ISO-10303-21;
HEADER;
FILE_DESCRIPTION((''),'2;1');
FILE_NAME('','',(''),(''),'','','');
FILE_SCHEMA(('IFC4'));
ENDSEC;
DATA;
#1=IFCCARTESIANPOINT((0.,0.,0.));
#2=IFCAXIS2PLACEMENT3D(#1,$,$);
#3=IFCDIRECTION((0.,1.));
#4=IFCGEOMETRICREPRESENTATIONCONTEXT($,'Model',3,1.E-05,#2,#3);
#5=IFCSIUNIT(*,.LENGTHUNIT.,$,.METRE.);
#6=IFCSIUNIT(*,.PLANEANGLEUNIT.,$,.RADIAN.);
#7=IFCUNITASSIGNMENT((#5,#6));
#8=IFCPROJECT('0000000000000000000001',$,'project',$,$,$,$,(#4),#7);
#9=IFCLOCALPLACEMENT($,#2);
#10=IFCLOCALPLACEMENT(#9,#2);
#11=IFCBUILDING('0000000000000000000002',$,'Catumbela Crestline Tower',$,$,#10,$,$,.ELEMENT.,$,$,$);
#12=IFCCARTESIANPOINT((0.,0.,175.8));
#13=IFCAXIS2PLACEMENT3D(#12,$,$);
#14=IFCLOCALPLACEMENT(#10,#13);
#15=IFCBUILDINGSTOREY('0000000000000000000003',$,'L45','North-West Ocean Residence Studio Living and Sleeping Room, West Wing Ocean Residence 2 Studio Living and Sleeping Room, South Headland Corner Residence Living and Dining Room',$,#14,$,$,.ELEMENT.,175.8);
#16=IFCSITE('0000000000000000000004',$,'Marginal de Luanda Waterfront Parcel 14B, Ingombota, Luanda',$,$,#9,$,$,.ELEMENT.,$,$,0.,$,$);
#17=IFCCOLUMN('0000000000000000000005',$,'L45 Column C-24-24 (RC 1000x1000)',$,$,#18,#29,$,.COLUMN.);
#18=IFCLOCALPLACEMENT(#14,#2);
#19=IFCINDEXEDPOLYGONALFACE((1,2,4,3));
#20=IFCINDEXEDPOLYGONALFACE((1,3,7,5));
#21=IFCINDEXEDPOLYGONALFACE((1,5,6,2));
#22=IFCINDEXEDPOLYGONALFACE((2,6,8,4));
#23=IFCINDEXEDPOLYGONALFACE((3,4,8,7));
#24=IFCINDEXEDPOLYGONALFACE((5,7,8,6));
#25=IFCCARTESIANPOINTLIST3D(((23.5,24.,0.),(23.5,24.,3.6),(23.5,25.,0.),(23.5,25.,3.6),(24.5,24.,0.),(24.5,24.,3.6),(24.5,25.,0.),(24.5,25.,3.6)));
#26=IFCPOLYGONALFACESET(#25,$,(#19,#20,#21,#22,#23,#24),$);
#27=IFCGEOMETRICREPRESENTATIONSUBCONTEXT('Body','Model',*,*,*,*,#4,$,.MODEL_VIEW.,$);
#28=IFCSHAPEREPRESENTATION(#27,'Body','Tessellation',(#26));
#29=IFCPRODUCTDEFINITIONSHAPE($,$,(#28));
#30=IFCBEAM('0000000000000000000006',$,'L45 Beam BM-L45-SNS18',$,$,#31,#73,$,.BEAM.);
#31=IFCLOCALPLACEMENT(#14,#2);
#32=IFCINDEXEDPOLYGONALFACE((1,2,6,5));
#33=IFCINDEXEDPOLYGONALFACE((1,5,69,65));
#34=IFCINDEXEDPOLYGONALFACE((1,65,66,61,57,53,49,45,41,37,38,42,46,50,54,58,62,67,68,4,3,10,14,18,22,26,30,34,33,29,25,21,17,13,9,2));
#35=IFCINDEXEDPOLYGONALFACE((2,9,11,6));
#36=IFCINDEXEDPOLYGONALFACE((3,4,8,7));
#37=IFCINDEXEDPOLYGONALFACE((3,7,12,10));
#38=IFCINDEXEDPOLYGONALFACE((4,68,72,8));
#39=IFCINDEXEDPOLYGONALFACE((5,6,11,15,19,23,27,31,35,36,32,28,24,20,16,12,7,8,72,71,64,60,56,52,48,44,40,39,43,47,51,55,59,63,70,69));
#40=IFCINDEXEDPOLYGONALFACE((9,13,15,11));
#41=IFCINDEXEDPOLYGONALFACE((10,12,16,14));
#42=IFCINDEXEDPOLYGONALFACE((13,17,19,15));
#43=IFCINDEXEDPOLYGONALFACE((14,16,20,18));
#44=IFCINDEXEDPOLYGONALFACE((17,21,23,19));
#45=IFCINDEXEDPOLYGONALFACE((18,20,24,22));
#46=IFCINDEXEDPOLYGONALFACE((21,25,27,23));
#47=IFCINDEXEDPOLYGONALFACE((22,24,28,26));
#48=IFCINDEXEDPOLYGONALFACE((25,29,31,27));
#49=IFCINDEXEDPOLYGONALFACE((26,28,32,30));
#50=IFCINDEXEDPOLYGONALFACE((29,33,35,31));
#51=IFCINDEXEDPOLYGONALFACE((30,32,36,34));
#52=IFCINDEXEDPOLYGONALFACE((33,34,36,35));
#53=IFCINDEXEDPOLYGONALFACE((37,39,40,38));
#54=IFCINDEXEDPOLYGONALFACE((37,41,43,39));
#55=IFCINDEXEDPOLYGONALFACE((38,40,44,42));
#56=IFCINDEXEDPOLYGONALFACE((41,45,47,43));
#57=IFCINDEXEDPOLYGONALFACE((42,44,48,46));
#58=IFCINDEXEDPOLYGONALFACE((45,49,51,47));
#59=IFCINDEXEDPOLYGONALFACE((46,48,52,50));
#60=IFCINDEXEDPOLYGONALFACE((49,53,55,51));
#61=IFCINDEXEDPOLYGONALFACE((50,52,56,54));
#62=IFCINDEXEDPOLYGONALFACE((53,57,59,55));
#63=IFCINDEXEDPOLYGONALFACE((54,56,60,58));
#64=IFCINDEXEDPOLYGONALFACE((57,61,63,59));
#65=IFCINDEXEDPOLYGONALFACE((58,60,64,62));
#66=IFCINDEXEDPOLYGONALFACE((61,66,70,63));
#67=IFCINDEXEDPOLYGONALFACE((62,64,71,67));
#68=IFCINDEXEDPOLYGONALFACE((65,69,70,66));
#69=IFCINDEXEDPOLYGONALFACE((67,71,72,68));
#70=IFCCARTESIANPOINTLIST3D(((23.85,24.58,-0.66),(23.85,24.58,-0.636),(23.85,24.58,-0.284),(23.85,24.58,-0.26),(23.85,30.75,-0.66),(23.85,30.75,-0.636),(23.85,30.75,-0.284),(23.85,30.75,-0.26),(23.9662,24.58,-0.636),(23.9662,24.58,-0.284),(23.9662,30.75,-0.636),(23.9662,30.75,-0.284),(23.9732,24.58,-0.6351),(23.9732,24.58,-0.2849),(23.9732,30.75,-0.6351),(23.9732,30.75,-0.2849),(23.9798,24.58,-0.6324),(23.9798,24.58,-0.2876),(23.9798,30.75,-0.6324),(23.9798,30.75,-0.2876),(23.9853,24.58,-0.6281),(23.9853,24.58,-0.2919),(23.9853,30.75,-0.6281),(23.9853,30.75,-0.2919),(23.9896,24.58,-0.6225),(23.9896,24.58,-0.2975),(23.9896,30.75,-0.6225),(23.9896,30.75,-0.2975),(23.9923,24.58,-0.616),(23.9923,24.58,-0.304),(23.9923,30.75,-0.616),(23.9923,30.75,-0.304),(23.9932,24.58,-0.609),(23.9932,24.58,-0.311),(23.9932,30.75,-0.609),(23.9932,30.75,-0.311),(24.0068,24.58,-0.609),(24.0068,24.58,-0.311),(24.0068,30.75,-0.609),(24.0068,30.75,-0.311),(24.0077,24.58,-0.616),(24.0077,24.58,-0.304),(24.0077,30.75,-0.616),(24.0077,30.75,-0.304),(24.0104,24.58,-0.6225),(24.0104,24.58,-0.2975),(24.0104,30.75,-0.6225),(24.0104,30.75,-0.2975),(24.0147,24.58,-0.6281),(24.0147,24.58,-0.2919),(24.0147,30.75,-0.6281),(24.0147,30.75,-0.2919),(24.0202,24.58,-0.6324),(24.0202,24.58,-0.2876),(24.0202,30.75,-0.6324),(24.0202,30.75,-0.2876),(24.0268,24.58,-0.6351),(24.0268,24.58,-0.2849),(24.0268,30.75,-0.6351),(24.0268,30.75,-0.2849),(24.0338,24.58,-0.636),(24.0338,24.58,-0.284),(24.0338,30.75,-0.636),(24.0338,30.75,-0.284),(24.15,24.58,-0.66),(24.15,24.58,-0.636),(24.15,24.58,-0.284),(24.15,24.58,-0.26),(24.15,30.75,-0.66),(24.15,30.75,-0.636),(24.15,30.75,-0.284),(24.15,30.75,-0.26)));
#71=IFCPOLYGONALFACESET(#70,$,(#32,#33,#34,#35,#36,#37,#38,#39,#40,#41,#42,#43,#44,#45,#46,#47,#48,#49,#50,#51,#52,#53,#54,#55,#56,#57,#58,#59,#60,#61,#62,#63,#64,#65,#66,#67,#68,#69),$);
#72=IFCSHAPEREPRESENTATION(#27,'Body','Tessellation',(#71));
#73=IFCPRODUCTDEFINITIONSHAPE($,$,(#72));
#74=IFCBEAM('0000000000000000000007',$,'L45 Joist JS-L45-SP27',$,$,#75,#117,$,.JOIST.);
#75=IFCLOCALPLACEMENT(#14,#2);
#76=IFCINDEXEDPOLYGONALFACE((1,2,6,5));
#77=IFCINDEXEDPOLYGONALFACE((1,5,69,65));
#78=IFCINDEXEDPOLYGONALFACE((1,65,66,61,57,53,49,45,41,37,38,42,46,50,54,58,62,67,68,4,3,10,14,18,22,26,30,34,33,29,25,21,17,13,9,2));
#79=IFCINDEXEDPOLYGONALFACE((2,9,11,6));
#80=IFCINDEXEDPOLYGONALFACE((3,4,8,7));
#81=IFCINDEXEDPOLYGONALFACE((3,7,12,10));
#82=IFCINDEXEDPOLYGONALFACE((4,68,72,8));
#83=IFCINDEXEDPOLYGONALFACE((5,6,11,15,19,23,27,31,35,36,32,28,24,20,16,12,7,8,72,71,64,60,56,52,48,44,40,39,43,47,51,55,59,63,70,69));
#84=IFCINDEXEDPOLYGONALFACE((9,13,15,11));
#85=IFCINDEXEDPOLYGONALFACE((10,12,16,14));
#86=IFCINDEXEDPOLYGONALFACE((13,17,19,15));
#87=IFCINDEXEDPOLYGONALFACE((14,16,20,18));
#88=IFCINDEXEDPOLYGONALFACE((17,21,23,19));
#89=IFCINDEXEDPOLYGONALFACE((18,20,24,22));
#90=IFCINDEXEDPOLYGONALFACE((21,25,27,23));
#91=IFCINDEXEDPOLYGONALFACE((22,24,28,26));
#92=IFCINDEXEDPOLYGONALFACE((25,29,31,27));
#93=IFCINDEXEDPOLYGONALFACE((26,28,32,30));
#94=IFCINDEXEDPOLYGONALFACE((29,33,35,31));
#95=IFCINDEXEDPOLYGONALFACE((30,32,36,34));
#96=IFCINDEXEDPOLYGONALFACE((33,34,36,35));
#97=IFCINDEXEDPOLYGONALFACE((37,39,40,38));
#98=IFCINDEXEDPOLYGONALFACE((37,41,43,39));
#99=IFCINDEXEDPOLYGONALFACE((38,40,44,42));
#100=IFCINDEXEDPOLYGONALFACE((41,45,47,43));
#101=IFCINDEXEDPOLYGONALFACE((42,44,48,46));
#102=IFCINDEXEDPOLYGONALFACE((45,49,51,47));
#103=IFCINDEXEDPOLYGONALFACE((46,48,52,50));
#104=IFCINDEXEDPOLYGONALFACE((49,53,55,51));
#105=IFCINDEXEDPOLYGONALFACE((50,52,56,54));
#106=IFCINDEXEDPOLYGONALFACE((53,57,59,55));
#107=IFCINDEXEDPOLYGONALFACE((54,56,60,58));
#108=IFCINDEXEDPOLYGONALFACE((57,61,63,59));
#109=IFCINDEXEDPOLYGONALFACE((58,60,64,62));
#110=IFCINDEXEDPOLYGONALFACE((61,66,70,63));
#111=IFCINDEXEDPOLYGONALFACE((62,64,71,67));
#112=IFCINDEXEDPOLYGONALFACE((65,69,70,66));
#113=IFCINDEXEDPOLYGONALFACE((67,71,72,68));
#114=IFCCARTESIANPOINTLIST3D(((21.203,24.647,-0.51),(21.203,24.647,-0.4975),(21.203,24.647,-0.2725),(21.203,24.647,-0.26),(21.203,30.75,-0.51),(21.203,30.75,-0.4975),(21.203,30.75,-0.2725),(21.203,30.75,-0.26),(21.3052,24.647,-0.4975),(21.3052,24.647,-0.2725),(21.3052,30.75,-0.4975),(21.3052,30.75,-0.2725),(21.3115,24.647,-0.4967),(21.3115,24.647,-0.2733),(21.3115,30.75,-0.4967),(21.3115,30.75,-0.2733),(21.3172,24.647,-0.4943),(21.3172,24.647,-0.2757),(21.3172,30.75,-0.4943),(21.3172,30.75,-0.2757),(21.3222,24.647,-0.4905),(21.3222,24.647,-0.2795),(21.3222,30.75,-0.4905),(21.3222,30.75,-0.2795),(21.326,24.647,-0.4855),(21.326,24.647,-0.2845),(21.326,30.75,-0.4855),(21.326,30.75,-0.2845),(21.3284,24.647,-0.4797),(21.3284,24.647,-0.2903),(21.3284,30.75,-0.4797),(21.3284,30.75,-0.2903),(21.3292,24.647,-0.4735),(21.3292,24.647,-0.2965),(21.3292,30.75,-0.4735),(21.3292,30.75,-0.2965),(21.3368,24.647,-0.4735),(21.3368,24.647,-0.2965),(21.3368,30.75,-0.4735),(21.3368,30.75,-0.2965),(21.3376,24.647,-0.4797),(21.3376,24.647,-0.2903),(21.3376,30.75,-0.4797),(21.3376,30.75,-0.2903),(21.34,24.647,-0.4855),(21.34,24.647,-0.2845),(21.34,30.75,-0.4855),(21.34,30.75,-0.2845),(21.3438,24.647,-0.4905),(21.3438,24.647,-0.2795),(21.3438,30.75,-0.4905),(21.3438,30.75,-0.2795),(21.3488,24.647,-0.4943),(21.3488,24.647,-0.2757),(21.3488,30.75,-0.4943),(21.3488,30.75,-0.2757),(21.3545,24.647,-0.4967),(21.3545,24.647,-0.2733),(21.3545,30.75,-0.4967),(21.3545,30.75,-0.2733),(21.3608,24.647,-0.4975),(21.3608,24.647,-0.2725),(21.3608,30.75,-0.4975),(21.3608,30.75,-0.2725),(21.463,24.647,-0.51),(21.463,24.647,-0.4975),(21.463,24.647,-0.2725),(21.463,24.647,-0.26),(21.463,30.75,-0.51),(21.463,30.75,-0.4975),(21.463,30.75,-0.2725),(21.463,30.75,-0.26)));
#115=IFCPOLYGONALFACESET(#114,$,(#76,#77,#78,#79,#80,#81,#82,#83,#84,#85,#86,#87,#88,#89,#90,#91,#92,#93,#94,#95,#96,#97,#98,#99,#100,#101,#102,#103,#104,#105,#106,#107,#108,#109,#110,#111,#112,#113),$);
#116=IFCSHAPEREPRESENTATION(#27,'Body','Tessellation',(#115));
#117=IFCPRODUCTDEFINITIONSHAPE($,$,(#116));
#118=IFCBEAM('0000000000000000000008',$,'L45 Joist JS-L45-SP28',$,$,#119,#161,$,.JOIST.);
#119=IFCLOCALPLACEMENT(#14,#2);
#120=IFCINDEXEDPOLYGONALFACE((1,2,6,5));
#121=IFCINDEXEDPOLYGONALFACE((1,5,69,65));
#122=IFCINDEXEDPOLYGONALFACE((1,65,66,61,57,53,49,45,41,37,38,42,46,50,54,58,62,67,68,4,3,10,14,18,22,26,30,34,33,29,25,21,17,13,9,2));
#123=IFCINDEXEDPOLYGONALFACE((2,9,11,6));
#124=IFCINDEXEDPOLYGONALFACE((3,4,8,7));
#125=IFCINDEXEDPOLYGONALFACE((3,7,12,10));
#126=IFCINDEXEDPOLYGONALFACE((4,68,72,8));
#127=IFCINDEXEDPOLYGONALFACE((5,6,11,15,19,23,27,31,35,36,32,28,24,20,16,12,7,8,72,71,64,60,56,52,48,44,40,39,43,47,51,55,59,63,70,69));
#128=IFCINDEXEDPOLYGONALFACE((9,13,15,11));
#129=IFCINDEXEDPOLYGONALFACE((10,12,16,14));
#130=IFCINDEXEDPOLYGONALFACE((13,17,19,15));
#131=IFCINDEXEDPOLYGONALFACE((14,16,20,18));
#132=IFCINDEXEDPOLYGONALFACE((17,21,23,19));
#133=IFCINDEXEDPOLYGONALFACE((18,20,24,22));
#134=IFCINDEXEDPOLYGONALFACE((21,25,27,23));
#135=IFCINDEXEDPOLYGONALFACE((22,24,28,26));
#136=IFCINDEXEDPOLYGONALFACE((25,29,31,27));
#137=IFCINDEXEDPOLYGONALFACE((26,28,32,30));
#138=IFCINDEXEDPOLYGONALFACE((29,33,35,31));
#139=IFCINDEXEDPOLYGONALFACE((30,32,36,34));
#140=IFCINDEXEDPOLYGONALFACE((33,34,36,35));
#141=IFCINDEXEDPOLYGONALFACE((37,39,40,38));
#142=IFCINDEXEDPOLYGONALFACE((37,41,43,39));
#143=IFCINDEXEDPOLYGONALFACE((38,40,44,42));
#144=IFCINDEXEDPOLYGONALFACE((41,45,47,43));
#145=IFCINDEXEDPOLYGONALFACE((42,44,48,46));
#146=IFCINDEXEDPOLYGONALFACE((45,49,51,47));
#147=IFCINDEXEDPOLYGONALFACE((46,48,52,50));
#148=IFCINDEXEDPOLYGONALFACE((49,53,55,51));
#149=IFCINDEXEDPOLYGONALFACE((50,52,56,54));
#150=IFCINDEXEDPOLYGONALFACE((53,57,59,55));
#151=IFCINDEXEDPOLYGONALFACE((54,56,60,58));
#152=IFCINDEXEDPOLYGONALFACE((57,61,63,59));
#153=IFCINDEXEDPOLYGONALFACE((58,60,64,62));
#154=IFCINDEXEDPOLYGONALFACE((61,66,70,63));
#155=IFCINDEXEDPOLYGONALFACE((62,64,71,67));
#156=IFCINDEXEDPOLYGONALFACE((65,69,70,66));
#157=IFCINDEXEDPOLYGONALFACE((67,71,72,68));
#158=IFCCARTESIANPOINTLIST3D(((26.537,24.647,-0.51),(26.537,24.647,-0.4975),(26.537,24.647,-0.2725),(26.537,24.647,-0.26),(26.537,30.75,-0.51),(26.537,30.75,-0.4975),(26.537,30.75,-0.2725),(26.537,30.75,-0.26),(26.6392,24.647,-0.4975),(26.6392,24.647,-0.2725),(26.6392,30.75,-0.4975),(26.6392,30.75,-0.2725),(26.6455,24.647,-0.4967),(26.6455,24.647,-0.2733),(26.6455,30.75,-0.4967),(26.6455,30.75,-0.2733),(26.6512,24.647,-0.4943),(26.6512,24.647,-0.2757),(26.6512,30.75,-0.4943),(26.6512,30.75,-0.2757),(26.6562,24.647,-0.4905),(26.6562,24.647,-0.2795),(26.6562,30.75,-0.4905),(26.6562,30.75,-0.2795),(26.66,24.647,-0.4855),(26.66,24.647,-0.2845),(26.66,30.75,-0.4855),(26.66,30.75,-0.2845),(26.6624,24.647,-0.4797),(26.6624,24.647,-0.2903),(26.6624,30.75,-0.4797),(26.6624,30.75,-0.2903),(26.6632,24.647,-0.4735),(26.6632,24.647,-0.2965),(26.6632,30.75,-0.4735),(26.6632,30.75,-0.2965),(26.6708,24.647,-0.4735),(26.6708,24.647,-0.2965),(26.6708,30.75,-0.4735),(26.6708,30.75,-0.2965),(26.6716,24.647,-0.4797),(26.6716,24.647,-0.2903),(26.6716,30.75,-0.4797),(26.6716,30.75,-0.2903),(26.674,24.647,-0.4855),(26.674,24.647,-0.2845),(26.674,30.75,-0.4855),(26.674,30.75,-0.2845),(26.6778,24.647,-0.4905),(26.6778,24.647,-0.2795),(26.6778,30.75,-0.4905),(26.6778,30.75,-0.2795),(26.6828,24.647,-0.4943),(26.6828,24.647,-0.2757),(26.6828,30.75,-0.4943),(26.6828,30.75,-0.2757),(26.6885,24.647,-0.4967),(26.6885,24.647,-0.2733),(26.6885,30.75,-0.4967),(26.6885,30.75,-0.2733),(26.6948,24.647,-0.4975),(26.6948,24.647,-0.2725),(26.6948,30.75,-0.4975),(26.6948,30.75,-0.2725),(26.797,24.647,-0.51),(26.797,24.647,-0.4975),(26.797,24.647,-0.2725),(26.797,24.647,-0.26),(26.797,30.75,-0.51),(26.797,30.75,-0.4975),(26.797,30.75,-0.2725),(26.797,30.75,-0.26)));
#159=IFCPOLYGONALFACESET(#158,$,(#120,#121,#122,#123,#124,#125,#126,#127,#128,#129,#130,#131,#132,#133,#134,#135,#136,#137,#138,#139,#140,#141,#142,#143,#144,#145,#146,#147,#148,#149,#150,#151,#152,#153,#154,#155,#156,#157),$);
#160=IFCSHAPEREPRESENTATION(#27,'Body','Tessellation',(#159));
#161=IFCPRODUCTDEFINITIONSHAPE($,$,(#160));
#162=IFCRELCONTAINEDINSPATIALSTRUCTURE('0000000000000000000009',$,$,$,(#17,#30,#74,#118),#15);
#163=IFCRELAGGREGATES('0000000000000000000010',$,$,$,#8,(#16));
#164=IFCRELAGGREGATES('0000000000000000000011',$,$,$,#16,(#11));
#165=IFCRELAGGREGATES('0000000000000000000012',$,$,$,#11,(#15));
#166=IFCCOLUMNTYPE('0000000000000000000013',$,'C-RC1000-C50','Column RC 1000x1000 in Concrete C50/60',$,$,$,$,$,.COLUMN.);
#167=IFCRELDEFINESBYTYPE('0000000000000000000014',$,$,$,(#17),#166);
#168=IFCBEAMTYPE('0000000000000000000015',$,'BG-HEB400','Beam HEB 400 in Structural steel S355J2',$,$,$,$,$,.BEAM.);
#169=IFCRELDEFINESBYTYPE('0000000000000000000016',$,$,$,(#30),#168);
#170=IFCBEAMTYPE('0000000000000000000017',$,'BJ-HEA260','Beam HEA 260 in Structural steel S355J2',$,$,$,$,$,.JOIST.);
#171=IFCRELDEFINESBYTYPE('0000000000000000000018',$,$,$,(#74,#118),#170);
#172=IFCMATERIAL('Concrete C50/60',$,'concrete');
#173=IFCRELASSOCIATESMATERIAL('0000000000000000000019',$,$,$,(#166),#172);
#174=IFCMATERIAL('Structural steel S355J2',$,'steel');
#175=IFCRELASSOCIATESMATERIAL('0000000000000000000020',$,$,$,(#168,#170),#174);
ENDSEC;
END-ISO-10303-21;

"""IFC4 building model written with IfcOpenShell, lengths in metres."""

from ifc_helpers import new_model, si_unit, direction, frame, origin, origin_2d, place, context, subcontext, project, spatial, rectangle, i_section, extrude, material, material_profile, profile_set, type_object, element, save


model = new_model("IFC4")

# Units and contexts
model_context = context("Model", 3, precision=1e-05, world=origin(), true_north=direction((0.0, 1.0)))
body_context = subcontext(model_context, "Body", "Model", "MODEL_VIEW")
ifc_project = project(units=[si_unit("LENGTHUNIT", "METRE"), si_unit("PLANEANGLEUNIT", "RADIAN")], contexts=[model_context])

# Site, building, storey
site_placement = place(None, origin())
site = spatial("IfcSite", under=ifc_project, at=site_placement, Name="Marginal de Luanda Waterfront Parcel 14B, Ingombota, Luanda", CompositionType="ELEMENT", RefElevation=0.0)
building_placement = place(site_placement, origin())
building = spatial("IfcBuilding", under=site, at=building_placement, Name="Catumbela Crestline Tower", CompositionType="ELEMENT")
storey_placement = place(building_placement, frame((0.0, 0.0, 175.8)))
storey = spatial("IfcBuildingStorey", under=building, at=storey_placement, Name="L45", Description="North-West Ocean Residence Studio Living and Sleeping Room, West Wing Ocean Residence 2 Studio Living and Sleeping Room, South Headland Corner Residence Living and Dining Room", CompositionType="ELEMENT", Elevation=175.8)

# Column
ifc_material_1 = material(Name="Concrete C50/60", Category="concrete")
ifc_material_profile_1 = material_profile(ifc_material_1, rectangle(XDim=1.0, YDim=1.0, at=origin_2d()), Name="RC 1000x1000")
ifc_profile_set_1 = profile_set([ifc_material_profile_1], Name="Concrete C50/60")
column_type = type_object("IfcColumnType", Name="C-RC1000-C50", Description="Column RC 1000x1000 in Concrete C50/60", PredefinedType="COLUMN", material=ifc_profile_set_1)
column_placement = place(storey_placement, frame((24.0, 24.5, 0.0), z_axis=(0.0, 0.0, 1.0), x_axis=(1.0, 0.0, 0.0)))
element("IfcColumn", 1, at=column_placement, inside=storey, type_object=column_type, Name="L45 Column C-24-24 (RC 1000x1000)", PredefinedType="COLUMN", context=body_context, shape_type="SweptSolid", body=[
    extrude(rectangle(XDim=1.0, YDim=1.0, at=origin_2d()), origin(), (0.0, 0.0, 1.0), 3.6),
])

# Beams
ifc_material_2 = material(Name="Structural steel S355J2", Category="steel")
ifc_material_profile_2 = material_profile(ifc_material_2, i_section(OverallWidth=0.3, OverallDepth=0.4, WebThickness=0.0135, FlangeThickness=0.024, FilletRadius=0.027, at=origin_2d()), Name="HEB 400")
ifc_profile_set_2 = profile_set([ifc_material_profile_2], Name="Structural steel S355J2")
beam_type_1 = type_object("IfcBeamType", Name="BG-HEB400", Description="Beam HEB 400 in Structural steel S355J2", PredefinedType="BEAM", material=ifc_profile_set_2)
beam_1_placement = place(storey_placement, frame((24.0, 24.58, -0.46), z_axis=(0.0, 1.0, 0.0), x_axis=(-1.0, 0.0, 0.0)))
element("IfcBeam", 2, at=beam_1_placement, inside=storey, type_object=beam_type_1, Name="L45 Beam BM-L45-SNS18", PredefinedType="BEAM", context=body_context, shape_type="SweptSolid", body=[
    extrude(i_section(OverallWidth=0.3, OverallDepth=0.4, WebThickness=0.0135, FlangeThickness=0.024, FilletRadius=0.027, at=origin_2d()), origin(), (0.0, 0.0, 1.0), 6.17),
])
ifc_material_profile_3 = material_profile(ifc_material_2, i_section(OverallWidth=0.26, OverallDepth=0.25, WebThickness=0.0075, FlangeThickness=0.0125, FilletRadius=0.024, at=origin_2d()), Name="HEA 260")
ifc_profile_set_3 = profile_set([ifc_material_profile_3], Name="Structural steel S355J2")
beam_type_2 = type_object("IfcBeamType", Name="BJ-HEA260", Description="Beam HEA 260 in Structural steel S355J2", PredefinedType="JOIST", material=ifc_profile_set_3)
for number, where, z_axis, x_axis, name in (
    (3, (21.333, 24.647, -0.385), (0.0, 1.0, 0.0), (-1.0, 0.0, 0.0), "L45 Joist JS-L45-SP27"),
    (4, (26.667, 24.647, -0.385), (0.0, 1.0, 0.0), (-1.0, 0.0, 0.0), "L45 Joist JS-L45-SP28"),
):
    element("IfcBeam", number, at=place(storey_placement, frame(where, z_axis=z_axis, x_axis=x_axis)), inside=storey, type_object=beam_type_2, Name=name, PredefinedType="JOIST", context=body_context, shape_type="SweptSolid", body=[
        extrude(i_section(OverallWidth=0.26, OverallDepth=0.25, WebThickness=0.0075, FlangeThickness=0.0125, FilletRadius=0.024, at=origin_2d()), origin(), (0.0, 0.0, 1.0), 6.103),
    ])

save(model, "model.ifc")
